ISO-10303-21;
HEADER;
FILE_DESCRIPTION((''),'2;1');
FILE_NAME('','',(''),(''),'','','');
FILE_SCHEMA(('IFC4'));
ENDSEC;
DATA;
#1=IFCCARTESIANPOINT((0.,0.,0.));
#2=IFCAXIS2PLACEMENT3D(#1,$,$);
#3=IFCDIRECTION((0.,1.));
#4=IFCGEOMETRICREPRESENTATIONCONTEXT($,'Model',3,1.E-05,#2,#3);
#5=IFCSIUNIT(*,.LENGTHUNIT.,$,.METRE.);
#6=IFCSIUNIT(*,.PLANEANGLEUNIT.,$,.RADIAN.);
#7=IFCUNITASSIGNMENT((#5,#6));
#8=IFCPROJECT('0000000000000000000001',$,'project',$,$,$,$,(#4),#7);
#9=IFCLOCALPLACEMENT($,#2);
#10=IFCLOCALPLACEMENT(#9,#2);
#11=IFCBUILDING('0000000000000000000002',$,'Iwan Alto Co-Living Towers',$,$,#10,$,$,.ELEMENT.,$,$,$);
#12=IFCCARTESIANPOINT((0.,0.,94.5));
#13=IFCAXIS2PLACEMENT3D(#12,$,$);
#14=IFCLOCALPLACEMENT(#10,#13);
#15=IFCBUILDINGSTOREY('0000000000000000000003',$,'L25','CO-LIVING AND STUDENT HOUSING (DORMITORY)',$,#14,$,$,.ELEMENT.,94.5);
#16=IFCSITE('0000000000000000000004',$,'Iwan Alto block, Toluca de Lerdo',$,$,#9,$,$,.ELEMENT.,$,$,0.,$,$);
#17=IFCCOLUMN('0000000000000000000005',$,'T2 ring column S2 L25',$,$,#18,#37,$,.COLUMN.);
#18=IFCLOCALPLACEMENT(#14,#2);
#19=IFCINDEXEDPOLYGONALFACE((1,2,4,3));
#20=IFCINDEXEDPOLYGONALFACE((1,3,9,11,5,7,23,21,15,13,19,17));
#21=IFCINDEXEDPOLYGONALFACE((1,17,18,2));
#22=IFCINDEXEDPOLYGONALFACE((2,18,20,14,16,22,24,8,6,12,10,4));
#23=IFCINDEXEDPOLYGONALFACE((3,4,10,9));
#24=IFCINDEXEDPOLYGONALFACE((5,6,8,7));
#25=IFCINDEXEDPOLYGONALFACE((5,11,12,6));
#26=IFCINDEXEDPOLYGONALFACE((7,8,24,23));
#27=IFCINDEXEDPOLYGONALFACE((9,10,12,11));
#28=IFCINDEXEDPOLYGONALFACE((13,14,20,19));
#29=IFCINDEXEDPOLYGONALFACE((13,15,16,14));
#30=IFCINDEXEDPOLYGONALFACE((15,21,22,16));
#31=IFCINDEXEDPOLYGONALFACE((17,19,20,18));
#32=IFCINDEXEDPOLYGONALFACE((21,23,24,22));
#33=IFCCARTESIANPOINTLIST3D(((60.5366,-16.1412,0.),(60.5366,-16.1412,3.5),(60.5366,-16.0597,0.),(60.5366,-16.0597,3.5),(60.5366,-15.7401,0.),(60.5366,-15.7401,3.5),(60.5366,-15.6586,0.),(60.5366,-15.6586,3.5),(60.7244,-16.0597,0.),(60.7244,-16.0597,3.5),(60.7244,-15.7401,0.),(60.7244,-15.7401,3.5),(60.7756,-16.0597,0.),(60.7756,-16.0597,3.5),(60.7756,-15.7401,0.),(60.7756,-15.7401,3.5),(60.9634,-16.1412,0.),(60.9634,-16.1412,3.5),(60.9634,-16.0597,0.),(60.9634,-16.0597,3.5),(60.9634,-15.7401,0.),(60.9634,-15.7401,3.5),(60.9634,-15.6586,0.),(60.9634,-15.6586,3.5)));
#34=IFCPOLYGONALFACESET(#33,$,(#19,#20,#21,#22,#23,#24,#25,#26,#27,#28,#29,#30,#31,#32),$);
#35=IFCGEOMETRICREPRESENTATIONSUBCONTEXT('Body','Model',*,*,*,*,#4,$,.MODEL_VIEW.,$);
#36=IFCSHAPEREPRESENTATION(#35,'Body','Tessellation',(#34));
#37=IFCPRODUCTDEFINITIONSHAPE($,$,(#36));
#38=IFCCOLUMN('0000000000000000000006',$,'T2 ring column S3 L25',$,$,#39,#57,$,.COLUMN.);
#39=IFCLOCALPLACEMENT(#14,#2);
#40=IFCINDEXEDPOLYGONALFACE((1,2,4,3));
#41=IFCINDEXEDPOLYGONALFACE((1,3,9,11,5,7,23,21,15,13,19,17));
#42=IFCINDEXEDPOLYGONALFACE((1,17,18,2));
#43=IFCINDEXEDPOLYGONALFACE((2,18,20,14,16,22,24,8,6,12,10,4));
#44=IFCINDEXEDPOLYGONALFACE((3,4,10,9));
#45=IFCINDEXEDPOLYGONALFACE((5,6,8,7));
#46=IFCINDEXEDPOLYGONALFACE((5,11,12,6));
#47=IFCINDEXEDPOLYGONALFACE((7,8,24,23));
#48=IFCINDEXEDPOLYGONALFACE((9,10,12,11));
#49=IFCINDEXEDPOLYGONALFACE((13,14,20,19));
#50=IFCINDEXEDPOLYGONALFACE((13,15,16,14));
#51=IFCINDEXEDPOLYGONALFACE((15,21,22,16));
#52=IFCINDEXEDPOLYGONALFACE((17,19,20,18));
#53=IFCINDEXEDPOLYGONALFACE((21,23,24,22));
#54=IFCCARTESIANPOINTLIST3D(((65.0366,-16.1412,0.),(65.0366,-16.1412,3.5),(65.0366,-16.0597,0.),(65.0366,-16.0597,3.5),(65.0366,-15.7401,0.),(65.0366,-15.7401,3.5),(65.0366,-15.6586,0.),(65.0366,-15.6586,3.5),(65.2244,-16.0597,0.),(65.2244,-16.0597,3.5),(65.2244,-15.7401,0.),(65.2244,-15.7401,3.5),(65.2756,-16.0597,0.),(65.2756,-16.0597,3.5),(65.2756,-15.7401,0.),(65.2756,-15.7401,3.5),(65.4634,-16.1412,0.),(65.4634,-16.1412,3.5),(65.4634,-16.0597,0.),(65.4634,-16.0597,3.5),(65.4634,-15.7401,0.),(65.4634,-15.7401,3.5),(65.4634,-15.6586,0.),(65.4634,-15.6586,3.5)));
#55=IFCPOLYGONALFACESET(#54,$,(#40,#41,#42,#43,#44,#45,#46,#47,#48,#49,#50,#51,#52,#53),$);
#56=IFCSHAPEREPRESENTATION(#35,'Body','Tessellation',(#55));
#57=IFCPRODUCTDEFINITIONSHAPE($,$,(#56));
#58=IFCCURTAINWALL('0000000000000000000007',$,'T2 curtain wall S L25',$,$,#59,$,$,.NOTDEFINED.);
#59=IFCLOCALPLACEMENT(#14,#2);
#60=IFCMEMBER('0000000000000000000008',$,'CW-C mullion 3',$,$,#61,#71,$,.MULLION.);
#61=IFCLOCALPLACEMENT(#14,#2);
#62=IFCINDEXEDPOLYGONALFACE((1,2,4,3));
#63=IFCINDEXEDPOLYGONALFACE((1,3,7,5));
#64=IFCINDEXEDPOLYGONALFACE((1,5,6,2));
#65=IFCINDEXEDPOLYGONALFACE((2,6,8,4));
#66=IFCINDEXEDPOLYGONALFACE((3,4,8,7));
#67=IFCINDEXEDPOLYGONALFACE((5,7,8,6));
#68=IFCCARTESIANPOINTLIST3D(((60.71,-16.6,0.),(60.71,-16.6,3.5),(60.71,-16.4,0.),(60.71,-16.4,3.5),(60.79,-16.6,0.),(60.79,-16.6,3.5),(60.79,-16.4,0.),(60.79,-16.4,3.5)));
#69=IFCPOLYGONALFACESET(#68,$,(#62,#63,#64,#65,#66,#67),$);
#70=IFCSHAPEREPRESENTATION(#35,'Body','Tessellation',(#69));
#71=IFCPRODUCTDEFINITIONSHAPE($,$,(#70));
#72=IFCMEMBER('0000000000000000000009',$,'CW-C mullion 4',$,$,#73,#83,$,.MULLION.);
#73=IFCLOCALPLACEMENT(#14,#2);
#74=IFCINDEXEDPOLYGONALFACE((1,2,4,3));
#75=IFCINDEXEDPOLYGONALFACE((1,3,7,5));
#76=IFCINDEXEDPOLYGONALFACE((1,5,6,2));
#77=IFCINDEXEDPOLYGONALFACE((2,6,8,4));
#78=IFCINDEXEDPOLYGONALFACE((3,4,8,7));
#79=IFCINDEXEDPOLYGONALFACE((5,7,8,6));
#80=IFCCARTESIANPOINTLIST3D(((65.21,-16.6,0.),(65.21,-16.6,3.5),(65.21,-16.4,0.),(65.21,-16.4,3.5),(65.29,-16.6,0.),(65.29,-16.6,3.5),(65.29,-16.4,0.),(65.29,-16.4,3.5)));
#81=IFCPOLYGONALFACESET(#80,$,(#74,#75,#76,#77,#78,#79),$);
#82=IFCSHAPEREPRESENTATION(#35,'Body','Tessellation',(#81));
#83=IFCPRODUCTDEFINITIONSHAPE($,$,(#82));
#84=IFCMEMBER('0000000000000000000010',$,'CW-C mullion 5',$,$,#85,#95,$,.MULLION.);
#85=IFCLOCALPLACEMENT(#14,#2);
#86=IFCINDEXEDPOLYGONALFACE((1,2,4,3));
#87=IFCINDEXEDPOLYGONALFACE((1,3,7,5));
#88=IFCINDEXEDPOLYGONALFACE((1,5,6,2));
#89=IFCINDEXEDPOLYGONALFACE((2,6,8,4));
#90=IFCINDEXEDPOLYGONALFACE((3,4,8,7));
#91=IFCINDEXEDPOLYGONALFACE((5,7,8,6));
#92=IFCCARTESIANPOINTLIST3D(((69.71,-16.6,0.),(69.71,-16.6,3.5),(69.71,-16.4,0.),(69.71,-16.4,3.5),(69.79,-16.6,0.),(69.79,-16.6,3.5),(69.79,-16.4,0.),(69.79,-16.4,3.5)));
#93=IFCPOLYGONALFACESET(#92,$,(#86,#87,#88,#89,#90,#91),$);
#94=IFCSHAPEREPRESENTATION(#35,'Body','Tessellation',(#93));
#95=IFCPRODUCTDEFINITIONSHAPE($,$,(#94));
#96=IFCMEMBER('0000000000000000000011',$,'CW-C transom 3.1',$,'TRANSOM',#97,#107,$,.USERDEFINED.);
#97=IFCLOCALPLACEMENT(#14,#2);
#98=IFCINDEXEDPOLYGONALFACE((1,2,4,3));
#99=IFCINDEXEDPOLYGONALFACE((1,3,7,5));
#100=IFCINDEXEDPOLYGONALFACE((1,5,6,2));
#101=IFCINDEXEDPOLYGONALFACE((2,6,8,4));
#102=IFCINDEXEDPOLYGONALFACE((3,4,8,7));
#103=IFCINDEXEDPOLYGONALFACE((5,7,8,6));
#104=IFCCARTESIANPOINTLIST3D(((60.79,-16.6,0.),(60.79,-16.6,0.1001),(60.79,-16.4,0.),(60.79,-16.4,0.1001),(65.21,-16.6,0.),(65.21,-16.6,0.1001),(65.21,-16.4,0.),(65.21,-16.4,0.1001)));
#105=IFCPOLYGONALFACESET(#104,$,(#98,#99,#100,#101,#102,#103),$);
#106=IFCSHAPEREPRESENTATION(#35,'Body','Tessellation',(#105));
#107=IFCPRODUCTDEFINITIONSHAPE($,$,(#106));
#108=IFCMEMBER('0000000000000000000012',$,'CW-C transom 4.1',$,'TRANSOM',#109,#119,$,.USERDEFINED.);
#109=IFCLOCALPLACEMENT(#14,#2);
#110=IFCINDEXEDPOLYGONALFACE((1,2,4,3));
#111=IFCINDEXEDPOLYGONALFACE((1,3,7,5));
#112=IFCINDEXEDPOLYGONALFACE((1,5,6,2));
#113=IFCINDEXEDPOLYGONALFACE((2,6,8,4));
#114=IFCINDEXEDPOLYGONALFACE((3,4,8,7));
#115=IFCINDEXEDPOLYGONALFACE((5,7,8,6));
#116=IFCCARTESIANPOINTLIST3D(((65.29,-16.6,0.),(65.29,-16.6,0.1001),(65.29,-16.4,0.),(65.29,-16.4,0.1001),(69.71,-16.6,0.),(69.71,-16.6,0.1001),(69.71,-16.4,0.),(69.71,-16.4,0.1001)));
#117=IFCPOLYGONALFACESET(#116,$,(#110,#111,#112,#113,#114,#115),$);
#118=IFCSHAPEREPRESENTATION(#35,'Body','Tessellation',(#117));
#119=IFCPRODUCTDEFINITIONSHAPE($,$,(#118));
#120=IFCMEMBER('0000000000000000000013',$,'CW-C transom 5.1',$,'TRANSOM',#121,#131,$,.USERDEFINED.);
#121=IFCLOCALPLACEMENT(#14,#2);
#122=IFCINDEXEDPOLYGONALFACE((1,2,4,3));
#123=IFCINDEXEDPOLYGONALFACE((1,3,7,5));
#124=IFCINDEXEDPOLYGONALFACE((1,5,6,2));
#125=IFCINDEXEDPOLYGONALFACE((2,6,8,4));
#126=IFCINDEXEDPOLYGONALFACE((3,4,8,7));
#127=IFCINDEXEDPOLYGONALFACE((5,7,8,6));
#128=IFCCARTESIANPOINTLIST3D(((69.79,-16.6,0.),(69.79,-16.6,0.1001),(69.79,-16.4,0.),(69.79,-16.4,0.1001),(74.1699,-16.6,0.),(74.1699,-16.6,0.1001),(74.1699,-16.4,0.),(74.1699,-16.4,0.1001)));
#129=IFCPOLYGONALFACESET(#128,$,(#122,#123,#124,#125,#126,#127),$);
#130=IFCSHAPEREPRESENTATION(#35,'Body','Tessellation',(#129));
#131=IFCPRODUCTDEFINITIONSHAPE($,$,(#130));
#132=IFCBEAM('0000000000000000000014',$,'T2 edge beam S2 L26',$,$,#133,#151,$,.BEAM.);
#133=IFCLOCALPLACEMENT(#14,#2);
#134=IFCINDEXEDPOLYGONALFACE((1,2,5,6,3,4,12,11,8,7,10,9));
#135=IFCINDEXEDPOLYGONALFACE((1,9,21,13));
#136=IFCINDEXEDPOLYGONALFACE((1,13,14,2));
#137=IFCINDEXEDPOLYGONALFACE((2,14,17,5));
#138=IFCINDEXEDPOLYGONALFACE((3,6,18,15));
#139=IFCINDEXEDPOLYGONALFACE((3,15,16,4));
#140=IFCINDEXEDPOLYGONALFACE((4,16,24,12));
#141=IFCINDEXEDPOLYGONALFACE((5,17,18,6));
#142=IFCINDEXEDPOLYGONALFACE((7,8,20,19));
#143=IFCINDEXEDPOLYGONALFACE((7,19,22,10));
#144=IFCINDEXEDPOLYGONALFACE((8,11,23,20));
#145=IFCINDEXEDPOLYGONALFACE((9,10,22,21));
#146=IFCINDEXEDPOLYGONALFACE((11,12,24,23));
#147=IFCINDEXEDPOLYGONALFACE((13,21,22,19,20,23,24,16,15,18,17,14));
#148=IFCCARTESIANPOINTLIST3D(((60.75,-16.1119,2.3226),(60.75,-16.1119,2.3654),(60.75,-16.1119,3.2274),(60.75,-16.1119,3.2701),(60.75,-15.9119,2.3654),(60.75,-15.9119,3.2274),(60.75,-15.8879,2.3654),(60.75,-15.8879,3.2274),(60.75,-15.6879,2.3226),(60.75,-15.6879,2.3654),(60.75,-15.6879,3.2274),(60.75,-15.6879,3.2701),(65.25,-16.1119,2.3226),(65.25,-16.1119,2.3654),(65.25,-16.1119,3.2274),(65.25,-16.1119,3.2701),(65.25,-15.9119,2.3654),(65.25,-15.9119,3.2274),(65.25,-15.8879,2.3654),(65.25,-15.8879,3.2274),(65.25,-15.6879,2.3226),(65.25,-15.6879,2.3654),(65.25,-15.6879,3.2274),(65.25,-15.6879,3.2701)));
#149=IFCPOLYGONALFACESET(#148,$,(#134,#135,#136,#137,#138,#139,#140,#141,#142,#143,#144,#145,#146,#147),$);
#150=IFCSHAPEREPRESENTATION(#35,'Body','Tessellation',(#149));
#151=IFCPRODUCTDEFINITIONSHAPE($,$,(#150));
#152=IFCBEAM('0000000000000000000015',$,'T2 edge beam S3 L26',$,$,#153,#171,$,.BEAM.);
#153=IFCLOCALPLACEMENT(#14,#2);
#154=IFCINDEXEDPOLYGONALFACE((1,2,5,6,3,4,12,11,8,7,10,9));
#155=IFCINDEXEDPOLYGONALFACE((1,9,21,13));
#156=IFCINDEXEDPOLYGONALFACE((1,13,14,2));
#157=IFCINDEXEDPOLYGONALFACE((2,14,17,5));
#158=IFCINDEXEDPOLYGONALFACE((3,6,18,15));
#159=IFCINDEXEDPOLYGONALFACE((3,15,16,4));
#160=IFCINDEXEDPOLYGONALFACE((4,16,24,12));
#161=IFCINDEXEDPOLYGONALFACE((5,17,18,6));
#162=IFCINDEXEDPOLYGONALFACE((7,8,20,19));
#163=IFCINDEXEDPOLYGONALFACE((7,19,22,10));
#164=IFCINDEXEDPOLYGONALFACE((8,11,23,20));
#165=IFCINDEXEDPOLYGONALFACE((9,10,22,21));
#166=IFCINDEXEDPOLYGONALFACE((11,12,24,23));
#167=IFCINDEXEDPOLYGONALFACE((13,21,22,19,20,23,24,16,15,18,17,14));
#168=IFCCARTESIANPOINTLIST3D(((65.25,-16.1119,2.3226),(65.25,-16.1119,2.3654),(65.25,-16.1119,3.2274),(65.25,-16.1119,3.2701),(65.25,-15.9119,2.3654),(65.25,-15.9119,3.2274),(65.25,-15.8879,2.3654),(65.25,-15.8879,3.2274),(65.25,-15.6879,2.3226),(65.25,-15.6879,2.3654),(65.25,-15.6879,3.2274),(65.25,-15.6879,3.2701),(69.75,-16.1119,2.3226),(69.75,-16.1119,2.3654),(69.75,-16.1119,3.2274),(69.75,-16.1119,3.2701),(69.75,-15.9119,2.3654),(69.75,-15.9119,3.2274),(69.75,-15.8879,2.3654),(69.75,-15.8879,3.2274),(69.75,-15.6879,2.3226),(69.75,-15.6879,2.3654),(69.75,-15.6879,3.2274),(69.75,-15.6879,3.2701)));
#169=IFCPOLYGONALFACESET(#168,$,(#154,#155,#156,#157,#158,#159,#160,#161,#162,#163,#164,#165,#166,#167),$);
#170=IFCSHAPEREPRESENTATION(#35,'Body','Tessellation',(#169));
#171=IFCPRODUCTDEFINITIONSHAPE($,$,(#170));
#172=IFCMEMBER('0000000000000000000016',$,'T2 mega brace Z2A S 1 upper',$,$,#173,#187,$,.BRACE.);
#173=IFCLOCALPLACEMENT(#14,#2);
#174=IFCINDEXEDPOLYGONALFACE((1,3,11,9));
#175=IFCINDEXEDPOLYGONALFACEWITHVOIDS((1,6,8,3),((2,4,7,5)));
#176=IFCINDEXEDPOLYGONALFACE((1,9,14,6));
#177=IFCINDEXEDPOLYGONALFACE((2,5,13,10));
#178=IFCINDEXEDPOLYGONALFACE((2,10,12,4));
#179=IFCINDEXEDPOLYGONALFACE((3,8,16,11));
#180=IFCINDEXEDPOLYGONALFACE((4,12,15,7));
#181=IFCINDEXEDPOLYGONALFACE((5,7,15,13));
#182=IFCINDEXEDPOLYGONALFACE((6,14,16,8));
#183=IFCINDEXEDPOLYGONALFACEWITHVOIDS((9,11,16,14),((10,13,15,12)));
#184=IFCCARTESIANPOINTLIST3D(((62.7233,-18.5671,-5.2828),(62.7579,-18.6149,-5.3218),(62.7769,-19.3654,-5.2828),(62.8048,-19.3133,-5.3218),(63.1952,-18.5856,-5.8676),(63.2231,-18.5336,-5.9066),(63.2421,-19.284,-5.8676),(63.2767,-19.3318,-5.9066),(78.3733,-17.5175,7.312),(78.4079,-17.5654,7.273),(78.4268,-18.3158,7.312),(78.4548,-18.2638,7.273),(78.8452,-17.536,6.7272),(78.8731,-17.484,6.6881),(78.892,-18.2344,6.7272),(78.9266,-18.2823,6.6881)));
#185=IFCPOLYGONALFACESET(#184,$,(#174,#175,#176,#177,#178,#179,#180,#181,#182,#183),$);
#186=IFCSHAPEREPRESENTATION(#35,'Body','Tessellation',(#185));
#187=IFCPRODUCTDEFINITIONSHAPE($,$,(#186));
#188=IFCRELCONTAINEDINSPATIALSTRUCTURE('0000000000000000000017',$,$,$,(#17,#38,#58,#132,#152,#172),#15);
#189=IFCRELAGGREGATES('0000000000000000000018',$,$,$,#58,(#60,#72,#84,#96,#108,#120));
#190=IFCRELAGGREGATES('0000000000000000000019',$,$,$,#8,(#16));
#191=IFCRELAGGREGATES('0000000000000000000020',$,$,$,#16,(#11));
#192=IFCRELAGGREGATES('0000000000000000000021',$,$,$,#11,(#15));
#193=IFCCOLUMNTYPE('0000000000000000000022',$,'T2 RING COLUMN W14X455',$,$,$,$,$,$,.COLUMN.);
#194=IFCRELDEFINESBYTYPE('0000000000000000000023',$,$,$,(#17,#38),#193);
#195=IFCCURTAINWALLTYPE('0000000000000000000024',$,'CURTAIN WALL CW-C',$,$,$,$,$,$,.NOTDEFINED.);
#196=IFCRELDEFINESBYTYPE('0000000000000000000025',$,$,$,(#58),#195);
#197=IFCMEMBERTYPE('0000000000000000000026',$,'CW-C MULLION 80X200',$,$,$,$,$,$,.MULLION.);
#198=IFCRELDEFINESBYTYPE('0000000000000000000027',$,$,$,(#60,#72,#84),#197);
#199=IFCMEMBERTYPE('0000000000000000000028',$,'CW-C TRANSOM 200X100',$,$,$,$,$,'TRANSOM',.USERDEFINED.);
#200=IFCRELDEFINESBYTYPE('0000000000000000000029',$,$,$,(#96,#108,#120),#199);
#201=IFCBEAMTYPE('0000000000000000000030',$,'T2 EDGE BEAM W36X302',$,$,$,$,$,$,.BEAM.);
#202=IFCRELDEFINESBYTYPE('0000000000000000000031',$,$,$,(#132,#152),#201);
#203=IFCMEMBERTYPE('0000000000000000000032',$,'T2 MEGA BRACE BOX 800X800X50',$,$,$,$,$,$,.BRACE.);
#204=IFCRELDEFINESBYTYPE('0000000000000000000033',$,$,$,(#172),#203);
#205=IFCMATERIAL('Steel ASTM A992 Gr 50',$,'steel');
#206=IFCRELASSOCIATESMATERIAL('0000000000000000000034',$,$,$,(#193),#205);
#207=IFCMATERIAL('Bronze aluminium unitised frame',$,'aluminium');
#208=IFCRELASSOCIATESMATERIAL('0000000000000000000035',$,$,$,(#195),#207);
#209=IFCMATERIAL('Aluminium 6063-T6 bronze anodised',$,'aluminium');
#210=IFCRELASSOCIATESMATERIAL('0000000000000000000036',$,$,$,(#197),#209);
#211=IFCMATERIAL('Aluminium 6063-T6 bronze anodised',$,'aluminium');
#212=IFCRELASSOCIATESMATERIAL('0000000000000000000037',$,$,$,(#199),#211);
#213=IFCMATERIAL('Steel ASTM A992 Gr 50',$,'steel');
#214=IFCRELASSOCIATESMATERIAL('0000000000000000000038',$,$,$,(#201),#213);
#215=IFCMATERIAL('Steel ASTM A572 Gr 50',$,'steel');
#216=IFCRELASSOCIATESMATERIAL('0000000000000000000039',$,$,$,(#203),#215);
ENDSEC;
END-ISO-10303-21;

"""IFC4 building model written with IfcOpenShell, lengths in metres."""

from ifc_helpers import new_model, si_unit, direction, frame, origin, origin_2d, place, context, subcontext, project, spatial, rectangle, hollow_rectangle, i_section, extrude, material, material_profile, profile_set, type_object, element, aggregate, save


model = new_model("IFC4")

# Units and contexts
model_context = context("Model", 3, precision=1e-05, world=origin(), true_north=direction((0.0, 1.0)))
body_context = subcontext(model_context, "Body", "Model", "MODEL_VIEW")
ifc_project = project(units=[si_unit("LENGTHUNIT", "METRE"), si_unit("PLANEANGLEUNIT", "RADIAN")], contexts=[model_context])

# Site, building, storey
site_placement = place(None, origin())
site = spatial("IfcSite", under=ifc_project, at=site_placement, Name="Iwan Alto block, Toluca de Lerdo", CompositionType="ELEMENT", RefElevation=0.0)
building_placement = place(site_placement, origin())
building = spatial("IfcBuilding", under=site, at=building_placement, Name="Iwan Alto Co-Living Towers", CompositionType="ELEMENT")
storey_placement = place(building_placement, frame((0.0, 0.0, 94.5)))
storey = spatial("IfcBuildingStorey", under=building, at=storey_placement, Name="L25", Description="CO-LIVING AND STUDENT HOUSING (DORMITORY)", CompositionType="ELEMENT", Elevation=94.5)

# Columns
ifc_material_1 = material(Name="Steel ASTM A992 Gr 50", Category="steel")
ifc_material_profile_1 = material_profile(ifc_material_1, i_section(OverallWidth=0.4268, OverallDepth=0.4827, WebThickness=0.0513, FlangeThickness=0.0815, at=origin_2d()), Name="W14X455")
ifc_profile_set_1 = profile_set([ifc_material_profile_1], Name="Steel ASTM A992 Gr 50")
column_type = type_object("IfcColumnType", Name="T2 RING COLUMN W14X455", PredefinedType="COLUMN", material=ifc_profile_set_1)
for number, where, z_axis, x_axis, name in (
    (1, (60.75, -15.8999, 0.0), (0.0, 0.0, 1.0), (1.0, 0.0, 0.0), "T2 ring column S2 L25"),
    (2, (65.25, -15.8999, 0.0), (0.0, 0.0, 1.0), (1.0, 0.0, 0.0), "T2 ring column S3 L25"),
):
    element("IfcColumn", number, at=place(storey_placement, frame(where, z_axis=z_axis, x_axis=x_axis)), inside=storey, type_object=column_type, Name=name, PredefinedType="COLUMN", context=body_context, shape_type="SweptSolid", body=[
        extrude(i_section(OverallWidth=0.4268, OverallDepth=0.4827, WebThickness=0.0513, FlangeThickness=0.0815, at=origin_2d()), origin(), (0.0, 0.0, 1.0), 3.5),
    ])

# Curtain wall, members
ifc_material_2 = material(Name="Bronze aluminium unitised frame", Category="aluminium")
curtain_wall_type = type_object("IfcCurtainWallType", Name="CURTAIN WALL CW-C", PredefinedType="NOTDEFINED", material=ifc_material_2)
curtain_wall_placement = place(storey_placement, origin())
curtain_wall = element("IfcCurtainWall", 3, at=curtain_wall_placement, inside=storey, type_object=curtain_wall_type, Name="T2 curtain wall S L25", PredefinedType="NOTDEFINED")
ifc_material_3 = material(Name="Aluminium 6063-T6 bronze anodised", Category="aluminium")
ifc_material_profile_2 = material_profile(ifc_material_3, rectangle(XDim=0.2, YDim=0.0801, at=origin_2d()), Name="AL 80X200")
ifc_profile_set_2 = profile_set([ifc_material_profile_2], Name="Aluminium 6063-T6 bronze anodised")
member_type_1 = type_object("IfcMemberType", Name="CW-C MULLION 80X200", PredefinedType="MULLION", material=ifc_profile_set_2)
member_1_placement = place(storey_placement, frame((60.75, -16.5, 0.0), z_axis=(0.0, 0.0, 1.0), x_axis=(0.0, 1.0, 0.0)))
member_1 = element("IfcMember", 4, at=member_1_placement, type_object=member_type_1, Name="CW-C mullion 3", PredefinedType="MULLION", context=body_context, shape_type="SweptSolid", body=[
    extrude(rectangle(XDim=0.2, YDim=0.0801, at=origin_2d()), origin(), (0.0, 0.0, 1.0), 3.5),
])
member_2_placement = place(storey_placement, frame((65.25, -16.5, 0.0), z_axis=(0.0, 0.0, 1.0), x_axis=(0.0, 1.0, 0.0)))
member_2 = element("IfcMember", 5, at=member_2_placement, type_object=member_type_1, Name="CW-C mullion 4", PredefinedType="MULLION", context=body_context, shape_type="SweptSolid", body=[
    extrude(rectangle(XDim=0.2, YDim=0.0801, at=origin_2d()), origin(), (0.0, 0.0, 1.0), 3.5),
])
member_3_placement = place(storey_placement, frame((69.75, -16.5, 0.0), z_axis=(0.0, 0.0, 1.0), x_axis=(0.0, 1.0, 0.0)))
member_3 = element("IfcMember", 6, at=member_3_placement, type_object=member_type_1, Name="CW-C mullion 5", PredefinedType="MULLION", context=body_context, shape_type="SweptSolid", body=[
    extrude(rectangle(XDim=0.2, YDim=0.0801, at=origin_2d()), origin(), (0.0, 0.0, 1.0), 3.5),
])
ifc_material_4 = material(Name="Aluminium 6063-T6 bronze anodised", Category="aluminium")
ifc_material_profile_3 = material_profile(ifc_material_4, rectangle(XDim=0.2, YDim=0.1001, at=origin_2d()), Name="AL 200X100")
ifc_profile_set_3 = profile_set([ifc_material_profile_3], Name="Aluminium 6063-T6 bronze anodised")
member_type_2 = type_object("IfcMemberType", Name="CW-C TRANSOM 200X100", ElementType="TRANSOM", PredefinedType="USERDEFINED", material=ifc_profile_set_3)
member_4_placement = place(storey_placement, frame((60.79, -16.5, 0.05), z_axis=(1.0, 0.0, 0.0), x_axis=(0.0, 1.0, 0.0)))
member_4 = element("IfcMember", 7, at=member_4_placement, type_object=member_type_2, Name="CW-C transom 3.1", ObjectType="TRANSOM", PredefinedType="USERDEFINED", context=body_context, shape_type="SweptSolid", body=[
    extrude(rectangle(XDim=0.2, YDim=0.1001, at=origin_2d()), origin(), (0.0, 0.0, 1.0), 4.4199),
])
member_5_placement = place(storey_placement, frame((65.29, -16.5, 0.05), z_axis=(1.0, 0.0, 0.0), x_axis=(0.0, 1.0, 0.0)))
member_5 = element("IfcMember", 8, at=member_5_placement, type_object=member_type_2, Name="CW-C transom 4.1", ObjectType="TRANSOM", PredefinedType="USERDEFINED", context=body_context, shape_type="SweptSolid", body=[
    extrude(rectangle(XDim=0.2, YDim=0.1001, at=origin_2d()), origin(), (0.0, 0.0, 1.0), 4.4199),
])
member_6_placement = place(storey_placement, frame((69.79, -16.5, 0.05), z_axis=(1.0, 0.0, 0.0), x_axis=(0.0, 1.0, 0.0)))
member_6 = element("IfcMember", 9, at=member_6_placement, type_object=member_type_2, Name="CW-C transom 5.1", ObjectType="TRANSOM", PredefinedType="USERDEFINED", context=body_context, shape_type="SweptSolid", body=[
    extrude(rectangle(XDim=0.2, YDim=0.1001, at=origin_2d()), origin(), (0.0, 0.0, 1.0), 4.3799),
])

# Beams
ifc_material_5 = material(Name="Steel ASTM A992 Gr 50", Category="steel")
ifc_material_profile_4 = material_profile(ifc_material_5, i_section(OverallWidth=0.4241, OverallDepth=0.9475, WebThickness=0.0239, FlangeThickness=0.0427, at=origin_2d()), Name="W36X302")
ifc_profile_set_4 = profile_set([ifc_material_profile_4], Name="Steel ASTM A992 Gr 50")
beam_type_1 = type_object("IfcBeamType", Name="T2 EDGE BEAM W36X302", PredefinedType="BEAM", material=ifc_profile_set_4)
for number, where, z_axis, x_axis, name in (
    (10, (60.75, -15.8999, 2.7964), (1.0, 0.0, 0.0), (0.0, 1.0, 0.0), "T2 edge beam S2 L26"),
    (11, (65.25, -15.8999, 2.7964), (1.0, 0.0, 0.0), (0.0, 1.0, 0.0), "T2 edge beam S3 L26"),
):
    element("IfcBeam", number, at=place(storey_placement, frame(where, z_axis=z_axis, x_axis=x_axis)), inside=storey, type_object=beam_type_1, Name=name, PredefinedType="BEAM", context=body_context, shape_type="SweptSolid", body=[
        extrude(i_section(OverallWidth=0.4241, OverallDepth=0.9475, WebThickness=0.0239, FlangeThickness=0.0427, at=origin_2d()), origin(), (0.0, 0.0, 1.0), 4.5),
    ])

# Member
ifc_material_6 = material(Name="Steel ASTM A572 Gr 50", Category="steel")
ifc_material_profile_5 = material_profile(ifc_material_6, hollow_rectangle(XDim=0.8, YDim=0.8, WallThickness=0.05, at=origin_2d()), Name="BOX 800X800X50")
ifc_profile_set_5 = profile_set([ifc_material_profile_5], Name="Steel ASTM A572 Gr 50")
member_type_3 = type_object("IfcMemberType", Name="T2 MEGA BRACE BOX 800X800X50", PredefinedType="BRACE", material=ifc_profile_set_5)
for number, where, z_axis, x_axis, name in (
    (12, (63.0, -18.9495, -5.5947), (0.777988, 0.052176, 0.626109), (-0.066915, 0.997759, 0.0), "T2 mega brace Z2A S 1 upper"),
):
    element("IfcMember", number, at=place(storey_placement, frame(where, z_axis=z_axis, x_axis=x_axis)), inside=storey, type_object=member_type_3, Name=name, PredefinedType="BRACE", context=body_context, shape_type="SweptSolid", body=[
        extrude(hollow_rectangle(XDim=0.8, YDim=0.8, WallThickness=0.05, at=origin_2d()), origin(), (0.0, 0.0, 1.0), 20.116),
    ])

aggregate(curtain_wall, [member_1, member_2, member_3, member_4, member_5, member_6])

save(model, "model.ifc")
